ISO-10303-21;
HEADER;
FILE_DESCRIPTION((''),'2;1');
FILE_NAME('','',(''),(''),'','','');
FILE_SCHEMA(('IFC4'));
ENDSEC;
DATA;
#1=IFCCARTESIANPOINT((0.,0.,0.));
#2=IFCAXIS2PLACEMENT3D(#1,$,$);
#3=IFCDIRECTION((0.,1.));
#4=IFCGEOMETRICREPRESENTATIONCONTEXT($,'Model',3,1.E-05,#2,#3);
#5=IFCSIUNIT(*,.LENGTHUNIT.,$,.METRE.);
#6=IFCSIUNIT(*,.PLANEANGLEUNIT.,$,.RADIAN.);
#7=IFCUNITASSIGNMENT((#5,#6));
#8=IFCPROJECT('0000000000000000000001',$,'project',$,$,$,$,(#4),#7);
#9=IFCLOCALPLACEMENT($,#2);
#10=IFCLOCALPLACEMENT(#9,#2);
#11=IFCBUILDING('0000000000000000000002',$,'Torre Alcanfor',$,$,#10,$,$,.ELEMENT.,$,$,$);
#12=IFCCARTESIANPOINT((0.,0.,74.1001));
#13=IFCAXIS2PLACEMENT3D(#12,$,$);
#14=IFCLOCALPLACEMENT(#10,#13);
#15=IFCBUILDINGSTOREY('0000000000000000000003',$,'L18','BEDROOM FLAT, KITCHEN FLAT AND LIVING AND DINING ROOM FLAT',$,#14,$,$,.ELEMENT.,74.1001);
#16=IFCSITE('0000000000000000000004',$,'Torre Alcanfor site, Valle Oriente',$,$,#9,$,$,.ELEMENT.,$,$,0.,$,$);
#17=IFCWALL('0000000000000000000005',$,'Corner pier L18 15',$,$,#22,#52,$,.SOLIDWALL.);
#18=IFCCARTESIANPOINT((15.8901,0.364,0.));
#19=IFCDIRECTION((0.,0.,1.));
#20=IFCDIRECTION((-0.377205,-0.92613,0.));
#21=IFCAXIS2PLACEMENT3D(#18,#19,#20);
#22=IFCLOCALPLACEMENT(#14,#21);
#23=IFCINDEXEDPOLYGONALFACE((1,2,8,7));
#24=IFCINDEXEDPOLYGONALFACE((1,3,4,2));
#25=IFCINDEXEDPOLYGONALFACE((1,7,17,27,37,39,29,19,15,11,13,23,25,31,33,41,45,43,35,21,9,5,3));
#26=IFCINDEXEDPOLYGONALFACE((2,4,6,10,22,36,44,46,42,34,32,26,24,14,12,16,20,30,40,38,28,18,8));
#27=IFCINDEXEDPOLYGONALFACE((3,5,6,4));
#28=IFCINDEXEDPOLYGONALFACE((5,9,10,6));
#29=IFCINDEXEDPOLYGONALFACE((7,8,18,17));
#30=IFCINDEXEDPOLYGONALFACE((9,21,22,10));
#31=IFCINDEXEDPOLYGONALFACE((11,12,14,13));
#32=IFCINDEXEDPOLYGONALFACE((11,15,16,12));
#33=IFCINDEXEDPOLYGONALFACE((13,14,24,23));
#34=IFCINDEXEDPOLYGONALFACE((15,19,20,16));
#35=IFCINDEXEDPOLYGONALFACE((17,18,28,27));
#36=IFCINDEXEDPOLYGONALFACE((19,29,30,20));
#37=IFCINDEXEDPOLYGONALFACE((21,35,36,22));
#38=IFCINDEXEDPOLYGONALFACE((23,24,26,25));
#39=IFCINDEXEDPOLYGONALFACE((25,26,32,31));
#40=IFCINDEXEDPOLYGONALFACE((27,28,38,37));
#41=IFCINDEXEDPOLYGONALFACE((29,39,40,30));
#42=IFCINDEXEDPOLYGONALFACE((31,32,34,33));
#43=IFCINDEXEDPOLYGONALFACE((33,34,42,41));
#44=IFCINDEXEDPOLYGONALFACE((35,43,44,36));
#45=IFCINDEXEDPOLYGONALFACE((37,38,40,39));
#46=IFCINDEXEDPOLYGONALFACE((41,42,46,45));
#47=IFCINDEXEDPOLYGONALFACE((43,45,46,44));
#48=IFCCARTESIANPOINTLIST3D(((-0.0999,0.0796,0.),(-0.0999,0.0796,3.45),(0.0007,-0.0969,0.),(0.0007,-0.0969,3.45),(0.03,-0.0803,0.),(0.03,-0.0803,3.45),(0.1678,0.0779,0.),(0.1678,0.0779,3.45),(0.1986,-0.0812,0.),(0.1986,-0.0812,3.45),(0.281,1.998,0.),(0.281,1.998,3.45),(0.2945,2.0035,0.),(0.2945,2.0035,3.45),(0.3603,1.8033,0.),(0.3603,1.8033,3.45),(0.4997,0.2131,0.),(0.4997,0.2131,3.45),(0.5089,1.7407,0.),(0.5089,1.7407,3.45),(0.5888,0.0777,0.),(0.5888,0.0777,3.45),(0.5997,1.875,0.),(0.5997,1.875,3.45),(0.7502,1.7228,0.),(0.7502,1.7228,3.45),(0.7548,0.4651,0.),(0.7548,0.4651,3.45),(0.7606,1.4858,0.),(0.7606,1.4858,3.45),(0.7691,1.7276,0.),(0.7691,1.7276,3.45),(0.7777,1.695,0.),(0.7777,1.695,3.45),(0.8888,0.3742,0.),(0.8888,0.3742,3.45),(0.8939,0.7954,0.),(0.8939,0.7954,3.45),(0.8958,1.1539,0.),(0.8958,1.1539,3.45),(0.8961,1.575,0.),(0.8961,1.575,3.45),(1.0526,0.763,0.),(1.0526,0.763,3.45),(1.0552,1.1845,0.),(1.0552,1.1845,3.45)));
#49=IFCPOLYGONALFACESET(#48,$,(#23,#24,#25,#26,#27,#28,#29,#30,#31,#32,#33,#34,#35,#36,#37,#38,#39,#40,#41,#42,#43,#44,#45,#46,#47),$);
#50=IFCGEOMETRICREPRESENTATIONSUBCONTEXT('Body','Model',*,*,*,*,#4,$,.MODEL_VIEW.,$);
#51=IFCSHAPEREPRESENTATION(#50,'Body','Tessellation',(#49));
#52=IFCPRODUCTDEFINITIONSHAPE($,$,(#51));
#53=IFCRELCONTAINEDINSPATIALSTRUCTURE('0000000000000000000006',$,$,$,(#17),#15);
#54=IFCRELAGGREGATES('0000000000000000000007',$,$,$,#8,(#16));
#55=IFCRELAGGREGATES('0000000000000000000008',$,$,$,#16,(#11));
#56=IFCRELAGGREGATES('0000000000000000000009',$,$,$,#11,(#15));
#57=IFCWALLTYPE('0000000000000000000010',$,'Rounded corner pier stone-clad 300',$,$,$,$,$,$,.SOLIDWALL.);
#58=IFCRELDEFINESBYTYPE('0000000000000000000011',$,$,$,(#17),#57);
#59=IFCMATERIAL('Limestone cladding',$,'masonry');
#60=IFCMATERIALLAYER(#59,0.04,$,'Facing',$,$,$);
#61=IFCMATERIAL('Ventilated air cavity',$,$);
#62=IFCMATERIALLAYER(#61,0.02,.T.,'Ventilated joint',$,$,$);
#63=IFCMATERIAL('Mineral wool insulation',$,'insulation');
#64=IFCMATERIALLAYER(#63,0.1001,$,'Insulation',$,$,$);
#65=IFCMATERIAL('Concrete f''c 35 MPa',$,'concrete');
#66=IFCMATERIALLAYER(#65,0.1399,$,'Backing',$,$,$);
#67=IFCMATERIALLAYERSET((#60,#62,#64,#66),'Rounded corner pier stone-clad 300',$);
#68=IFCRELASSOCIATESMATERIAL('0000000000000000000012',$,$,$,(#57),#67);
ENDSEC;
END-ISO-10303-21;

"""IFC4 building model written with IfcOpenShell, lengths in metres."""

from ifc_helpers import new_model, si_unit, direction, frame, origin, place, context, subcontext, project, spatial, polyline, outline, extrude, material, layer, layer_set, type_object, element, save


model = new_model("IFC4")

# Units and contexts
model_context = context("Model", 3, precision=1e-05, world=origin(), true_north=direction((0.0, 1.0)))
body_context = subcontext(model_context, "Body", "Model", "MODEL_VIEW")
ifc_project = project(units=[si_unit("LENGTHUNIT", "METRE"), si_unit("PLANEANGLEUNIT", "RADIAN")], contexts=[model_context])

# Site, building, storey
site_placement = place(None, origin())
site = spatial("IfcSite", under=ifc_project, at=site_placement, Name="Torre Alcanfor site, Valle Oriente", CompositionType="ELEMENT", RefElevation=0.0)
building_placement = place(site_placement, origin())
building = spatial("IfcBuilding", under=site, at=building_placement, Name="Torre Alcanfor", CompositionType="ELEMENT")
storey_placement = place(building_placement, frame((0.0, 0.0, 74.1001)))
storey = spatial("IfcBuildingStorey", under=building, at=storey_placement, Name="L18", Description="BEDROOM FLAT, KITCHEN FLAT AND LIVING AND DINING ROOM FLAT", CompositionType="ELEMENT", Elevation=74.1001)

# Wall
ifc_material_1 = material(Name="Limestone cladding", Category="masonry")
ifc_layer_1 = layer(ifc_material_1, 0.04, Name="Facing")
ifc_material_2 = material(Name="Ventilated air cavity")
ifc_layer_2 = layer(ifc_material_2, 0.02, ventilated=True, Name="Ventilated joint")
ifc_material_3 = material(Name="Mineral wool insulation", Category="insulation")
ifc_layer_3 = layer(ifc_material_3, 0.1001, Name="Insulation")
ifc_material_4 = material(Name="Concrete f'c 35 MPa", Category="concrete")
ifc_layer_4 = layer(ifc_material_4, 0.1399, Name="Backing")
ifc_layer_set_1 = layer_set([ifc_layer_1, ifc_layer_2, ifc_layer_3, ifc_layer_4], Name="Rounded corner pier stone-clad 300")
wall_type = type_object("IfcWallType", Name="Rounded corner pier stone-clad 300", PredefinedType="SOLIDWALL", material=ifc_layer_set_1)
wall_placement = place(storey_placement, frame((15.8901, 0.364, 0.0), z_axis=(0.0, 0.0, 1.0), x_axis=(-0.377205, -0.92613, 0.0)))
element("IfcWall", 1, at=wall_placement, inside=storey, type_object=wall_type, Name="Corner pier L18 15", PredefinedType="SOLIDWALL", context=body_context, shape_type="SweptSolid", body=[
    extrude(outline(polyline([(0.3603, 1.8033), (0.5089, 1.7407), (0.7606, 1.4858), (0.8958, 1.1539), (0.8939, 0.7954), (0.7548, 0.4651), (0.4997, 0.2131), (0.1678, 0.0779), (-0.0999, 0.0796), (0.0007, -0.0969), (0.03, -0.0803), (0.1986, -0.0812), (0.5888, 0.0777), (0.8888, 0.3742), (1.0526, 0.763), (1.0552, 1.1845), (0.8961, 1.575), (0.7777, 1.695), (0.7691, 1.7276), (0.7502, 1.7228), (0.5997, 1.875), (0.2945, 2.0035), (0.281, 1.998), (0.3603, 1.8033)])), origin(), (0.0, 0.0, 1.0), 3.45),
])

save(model, "model.ifc")
